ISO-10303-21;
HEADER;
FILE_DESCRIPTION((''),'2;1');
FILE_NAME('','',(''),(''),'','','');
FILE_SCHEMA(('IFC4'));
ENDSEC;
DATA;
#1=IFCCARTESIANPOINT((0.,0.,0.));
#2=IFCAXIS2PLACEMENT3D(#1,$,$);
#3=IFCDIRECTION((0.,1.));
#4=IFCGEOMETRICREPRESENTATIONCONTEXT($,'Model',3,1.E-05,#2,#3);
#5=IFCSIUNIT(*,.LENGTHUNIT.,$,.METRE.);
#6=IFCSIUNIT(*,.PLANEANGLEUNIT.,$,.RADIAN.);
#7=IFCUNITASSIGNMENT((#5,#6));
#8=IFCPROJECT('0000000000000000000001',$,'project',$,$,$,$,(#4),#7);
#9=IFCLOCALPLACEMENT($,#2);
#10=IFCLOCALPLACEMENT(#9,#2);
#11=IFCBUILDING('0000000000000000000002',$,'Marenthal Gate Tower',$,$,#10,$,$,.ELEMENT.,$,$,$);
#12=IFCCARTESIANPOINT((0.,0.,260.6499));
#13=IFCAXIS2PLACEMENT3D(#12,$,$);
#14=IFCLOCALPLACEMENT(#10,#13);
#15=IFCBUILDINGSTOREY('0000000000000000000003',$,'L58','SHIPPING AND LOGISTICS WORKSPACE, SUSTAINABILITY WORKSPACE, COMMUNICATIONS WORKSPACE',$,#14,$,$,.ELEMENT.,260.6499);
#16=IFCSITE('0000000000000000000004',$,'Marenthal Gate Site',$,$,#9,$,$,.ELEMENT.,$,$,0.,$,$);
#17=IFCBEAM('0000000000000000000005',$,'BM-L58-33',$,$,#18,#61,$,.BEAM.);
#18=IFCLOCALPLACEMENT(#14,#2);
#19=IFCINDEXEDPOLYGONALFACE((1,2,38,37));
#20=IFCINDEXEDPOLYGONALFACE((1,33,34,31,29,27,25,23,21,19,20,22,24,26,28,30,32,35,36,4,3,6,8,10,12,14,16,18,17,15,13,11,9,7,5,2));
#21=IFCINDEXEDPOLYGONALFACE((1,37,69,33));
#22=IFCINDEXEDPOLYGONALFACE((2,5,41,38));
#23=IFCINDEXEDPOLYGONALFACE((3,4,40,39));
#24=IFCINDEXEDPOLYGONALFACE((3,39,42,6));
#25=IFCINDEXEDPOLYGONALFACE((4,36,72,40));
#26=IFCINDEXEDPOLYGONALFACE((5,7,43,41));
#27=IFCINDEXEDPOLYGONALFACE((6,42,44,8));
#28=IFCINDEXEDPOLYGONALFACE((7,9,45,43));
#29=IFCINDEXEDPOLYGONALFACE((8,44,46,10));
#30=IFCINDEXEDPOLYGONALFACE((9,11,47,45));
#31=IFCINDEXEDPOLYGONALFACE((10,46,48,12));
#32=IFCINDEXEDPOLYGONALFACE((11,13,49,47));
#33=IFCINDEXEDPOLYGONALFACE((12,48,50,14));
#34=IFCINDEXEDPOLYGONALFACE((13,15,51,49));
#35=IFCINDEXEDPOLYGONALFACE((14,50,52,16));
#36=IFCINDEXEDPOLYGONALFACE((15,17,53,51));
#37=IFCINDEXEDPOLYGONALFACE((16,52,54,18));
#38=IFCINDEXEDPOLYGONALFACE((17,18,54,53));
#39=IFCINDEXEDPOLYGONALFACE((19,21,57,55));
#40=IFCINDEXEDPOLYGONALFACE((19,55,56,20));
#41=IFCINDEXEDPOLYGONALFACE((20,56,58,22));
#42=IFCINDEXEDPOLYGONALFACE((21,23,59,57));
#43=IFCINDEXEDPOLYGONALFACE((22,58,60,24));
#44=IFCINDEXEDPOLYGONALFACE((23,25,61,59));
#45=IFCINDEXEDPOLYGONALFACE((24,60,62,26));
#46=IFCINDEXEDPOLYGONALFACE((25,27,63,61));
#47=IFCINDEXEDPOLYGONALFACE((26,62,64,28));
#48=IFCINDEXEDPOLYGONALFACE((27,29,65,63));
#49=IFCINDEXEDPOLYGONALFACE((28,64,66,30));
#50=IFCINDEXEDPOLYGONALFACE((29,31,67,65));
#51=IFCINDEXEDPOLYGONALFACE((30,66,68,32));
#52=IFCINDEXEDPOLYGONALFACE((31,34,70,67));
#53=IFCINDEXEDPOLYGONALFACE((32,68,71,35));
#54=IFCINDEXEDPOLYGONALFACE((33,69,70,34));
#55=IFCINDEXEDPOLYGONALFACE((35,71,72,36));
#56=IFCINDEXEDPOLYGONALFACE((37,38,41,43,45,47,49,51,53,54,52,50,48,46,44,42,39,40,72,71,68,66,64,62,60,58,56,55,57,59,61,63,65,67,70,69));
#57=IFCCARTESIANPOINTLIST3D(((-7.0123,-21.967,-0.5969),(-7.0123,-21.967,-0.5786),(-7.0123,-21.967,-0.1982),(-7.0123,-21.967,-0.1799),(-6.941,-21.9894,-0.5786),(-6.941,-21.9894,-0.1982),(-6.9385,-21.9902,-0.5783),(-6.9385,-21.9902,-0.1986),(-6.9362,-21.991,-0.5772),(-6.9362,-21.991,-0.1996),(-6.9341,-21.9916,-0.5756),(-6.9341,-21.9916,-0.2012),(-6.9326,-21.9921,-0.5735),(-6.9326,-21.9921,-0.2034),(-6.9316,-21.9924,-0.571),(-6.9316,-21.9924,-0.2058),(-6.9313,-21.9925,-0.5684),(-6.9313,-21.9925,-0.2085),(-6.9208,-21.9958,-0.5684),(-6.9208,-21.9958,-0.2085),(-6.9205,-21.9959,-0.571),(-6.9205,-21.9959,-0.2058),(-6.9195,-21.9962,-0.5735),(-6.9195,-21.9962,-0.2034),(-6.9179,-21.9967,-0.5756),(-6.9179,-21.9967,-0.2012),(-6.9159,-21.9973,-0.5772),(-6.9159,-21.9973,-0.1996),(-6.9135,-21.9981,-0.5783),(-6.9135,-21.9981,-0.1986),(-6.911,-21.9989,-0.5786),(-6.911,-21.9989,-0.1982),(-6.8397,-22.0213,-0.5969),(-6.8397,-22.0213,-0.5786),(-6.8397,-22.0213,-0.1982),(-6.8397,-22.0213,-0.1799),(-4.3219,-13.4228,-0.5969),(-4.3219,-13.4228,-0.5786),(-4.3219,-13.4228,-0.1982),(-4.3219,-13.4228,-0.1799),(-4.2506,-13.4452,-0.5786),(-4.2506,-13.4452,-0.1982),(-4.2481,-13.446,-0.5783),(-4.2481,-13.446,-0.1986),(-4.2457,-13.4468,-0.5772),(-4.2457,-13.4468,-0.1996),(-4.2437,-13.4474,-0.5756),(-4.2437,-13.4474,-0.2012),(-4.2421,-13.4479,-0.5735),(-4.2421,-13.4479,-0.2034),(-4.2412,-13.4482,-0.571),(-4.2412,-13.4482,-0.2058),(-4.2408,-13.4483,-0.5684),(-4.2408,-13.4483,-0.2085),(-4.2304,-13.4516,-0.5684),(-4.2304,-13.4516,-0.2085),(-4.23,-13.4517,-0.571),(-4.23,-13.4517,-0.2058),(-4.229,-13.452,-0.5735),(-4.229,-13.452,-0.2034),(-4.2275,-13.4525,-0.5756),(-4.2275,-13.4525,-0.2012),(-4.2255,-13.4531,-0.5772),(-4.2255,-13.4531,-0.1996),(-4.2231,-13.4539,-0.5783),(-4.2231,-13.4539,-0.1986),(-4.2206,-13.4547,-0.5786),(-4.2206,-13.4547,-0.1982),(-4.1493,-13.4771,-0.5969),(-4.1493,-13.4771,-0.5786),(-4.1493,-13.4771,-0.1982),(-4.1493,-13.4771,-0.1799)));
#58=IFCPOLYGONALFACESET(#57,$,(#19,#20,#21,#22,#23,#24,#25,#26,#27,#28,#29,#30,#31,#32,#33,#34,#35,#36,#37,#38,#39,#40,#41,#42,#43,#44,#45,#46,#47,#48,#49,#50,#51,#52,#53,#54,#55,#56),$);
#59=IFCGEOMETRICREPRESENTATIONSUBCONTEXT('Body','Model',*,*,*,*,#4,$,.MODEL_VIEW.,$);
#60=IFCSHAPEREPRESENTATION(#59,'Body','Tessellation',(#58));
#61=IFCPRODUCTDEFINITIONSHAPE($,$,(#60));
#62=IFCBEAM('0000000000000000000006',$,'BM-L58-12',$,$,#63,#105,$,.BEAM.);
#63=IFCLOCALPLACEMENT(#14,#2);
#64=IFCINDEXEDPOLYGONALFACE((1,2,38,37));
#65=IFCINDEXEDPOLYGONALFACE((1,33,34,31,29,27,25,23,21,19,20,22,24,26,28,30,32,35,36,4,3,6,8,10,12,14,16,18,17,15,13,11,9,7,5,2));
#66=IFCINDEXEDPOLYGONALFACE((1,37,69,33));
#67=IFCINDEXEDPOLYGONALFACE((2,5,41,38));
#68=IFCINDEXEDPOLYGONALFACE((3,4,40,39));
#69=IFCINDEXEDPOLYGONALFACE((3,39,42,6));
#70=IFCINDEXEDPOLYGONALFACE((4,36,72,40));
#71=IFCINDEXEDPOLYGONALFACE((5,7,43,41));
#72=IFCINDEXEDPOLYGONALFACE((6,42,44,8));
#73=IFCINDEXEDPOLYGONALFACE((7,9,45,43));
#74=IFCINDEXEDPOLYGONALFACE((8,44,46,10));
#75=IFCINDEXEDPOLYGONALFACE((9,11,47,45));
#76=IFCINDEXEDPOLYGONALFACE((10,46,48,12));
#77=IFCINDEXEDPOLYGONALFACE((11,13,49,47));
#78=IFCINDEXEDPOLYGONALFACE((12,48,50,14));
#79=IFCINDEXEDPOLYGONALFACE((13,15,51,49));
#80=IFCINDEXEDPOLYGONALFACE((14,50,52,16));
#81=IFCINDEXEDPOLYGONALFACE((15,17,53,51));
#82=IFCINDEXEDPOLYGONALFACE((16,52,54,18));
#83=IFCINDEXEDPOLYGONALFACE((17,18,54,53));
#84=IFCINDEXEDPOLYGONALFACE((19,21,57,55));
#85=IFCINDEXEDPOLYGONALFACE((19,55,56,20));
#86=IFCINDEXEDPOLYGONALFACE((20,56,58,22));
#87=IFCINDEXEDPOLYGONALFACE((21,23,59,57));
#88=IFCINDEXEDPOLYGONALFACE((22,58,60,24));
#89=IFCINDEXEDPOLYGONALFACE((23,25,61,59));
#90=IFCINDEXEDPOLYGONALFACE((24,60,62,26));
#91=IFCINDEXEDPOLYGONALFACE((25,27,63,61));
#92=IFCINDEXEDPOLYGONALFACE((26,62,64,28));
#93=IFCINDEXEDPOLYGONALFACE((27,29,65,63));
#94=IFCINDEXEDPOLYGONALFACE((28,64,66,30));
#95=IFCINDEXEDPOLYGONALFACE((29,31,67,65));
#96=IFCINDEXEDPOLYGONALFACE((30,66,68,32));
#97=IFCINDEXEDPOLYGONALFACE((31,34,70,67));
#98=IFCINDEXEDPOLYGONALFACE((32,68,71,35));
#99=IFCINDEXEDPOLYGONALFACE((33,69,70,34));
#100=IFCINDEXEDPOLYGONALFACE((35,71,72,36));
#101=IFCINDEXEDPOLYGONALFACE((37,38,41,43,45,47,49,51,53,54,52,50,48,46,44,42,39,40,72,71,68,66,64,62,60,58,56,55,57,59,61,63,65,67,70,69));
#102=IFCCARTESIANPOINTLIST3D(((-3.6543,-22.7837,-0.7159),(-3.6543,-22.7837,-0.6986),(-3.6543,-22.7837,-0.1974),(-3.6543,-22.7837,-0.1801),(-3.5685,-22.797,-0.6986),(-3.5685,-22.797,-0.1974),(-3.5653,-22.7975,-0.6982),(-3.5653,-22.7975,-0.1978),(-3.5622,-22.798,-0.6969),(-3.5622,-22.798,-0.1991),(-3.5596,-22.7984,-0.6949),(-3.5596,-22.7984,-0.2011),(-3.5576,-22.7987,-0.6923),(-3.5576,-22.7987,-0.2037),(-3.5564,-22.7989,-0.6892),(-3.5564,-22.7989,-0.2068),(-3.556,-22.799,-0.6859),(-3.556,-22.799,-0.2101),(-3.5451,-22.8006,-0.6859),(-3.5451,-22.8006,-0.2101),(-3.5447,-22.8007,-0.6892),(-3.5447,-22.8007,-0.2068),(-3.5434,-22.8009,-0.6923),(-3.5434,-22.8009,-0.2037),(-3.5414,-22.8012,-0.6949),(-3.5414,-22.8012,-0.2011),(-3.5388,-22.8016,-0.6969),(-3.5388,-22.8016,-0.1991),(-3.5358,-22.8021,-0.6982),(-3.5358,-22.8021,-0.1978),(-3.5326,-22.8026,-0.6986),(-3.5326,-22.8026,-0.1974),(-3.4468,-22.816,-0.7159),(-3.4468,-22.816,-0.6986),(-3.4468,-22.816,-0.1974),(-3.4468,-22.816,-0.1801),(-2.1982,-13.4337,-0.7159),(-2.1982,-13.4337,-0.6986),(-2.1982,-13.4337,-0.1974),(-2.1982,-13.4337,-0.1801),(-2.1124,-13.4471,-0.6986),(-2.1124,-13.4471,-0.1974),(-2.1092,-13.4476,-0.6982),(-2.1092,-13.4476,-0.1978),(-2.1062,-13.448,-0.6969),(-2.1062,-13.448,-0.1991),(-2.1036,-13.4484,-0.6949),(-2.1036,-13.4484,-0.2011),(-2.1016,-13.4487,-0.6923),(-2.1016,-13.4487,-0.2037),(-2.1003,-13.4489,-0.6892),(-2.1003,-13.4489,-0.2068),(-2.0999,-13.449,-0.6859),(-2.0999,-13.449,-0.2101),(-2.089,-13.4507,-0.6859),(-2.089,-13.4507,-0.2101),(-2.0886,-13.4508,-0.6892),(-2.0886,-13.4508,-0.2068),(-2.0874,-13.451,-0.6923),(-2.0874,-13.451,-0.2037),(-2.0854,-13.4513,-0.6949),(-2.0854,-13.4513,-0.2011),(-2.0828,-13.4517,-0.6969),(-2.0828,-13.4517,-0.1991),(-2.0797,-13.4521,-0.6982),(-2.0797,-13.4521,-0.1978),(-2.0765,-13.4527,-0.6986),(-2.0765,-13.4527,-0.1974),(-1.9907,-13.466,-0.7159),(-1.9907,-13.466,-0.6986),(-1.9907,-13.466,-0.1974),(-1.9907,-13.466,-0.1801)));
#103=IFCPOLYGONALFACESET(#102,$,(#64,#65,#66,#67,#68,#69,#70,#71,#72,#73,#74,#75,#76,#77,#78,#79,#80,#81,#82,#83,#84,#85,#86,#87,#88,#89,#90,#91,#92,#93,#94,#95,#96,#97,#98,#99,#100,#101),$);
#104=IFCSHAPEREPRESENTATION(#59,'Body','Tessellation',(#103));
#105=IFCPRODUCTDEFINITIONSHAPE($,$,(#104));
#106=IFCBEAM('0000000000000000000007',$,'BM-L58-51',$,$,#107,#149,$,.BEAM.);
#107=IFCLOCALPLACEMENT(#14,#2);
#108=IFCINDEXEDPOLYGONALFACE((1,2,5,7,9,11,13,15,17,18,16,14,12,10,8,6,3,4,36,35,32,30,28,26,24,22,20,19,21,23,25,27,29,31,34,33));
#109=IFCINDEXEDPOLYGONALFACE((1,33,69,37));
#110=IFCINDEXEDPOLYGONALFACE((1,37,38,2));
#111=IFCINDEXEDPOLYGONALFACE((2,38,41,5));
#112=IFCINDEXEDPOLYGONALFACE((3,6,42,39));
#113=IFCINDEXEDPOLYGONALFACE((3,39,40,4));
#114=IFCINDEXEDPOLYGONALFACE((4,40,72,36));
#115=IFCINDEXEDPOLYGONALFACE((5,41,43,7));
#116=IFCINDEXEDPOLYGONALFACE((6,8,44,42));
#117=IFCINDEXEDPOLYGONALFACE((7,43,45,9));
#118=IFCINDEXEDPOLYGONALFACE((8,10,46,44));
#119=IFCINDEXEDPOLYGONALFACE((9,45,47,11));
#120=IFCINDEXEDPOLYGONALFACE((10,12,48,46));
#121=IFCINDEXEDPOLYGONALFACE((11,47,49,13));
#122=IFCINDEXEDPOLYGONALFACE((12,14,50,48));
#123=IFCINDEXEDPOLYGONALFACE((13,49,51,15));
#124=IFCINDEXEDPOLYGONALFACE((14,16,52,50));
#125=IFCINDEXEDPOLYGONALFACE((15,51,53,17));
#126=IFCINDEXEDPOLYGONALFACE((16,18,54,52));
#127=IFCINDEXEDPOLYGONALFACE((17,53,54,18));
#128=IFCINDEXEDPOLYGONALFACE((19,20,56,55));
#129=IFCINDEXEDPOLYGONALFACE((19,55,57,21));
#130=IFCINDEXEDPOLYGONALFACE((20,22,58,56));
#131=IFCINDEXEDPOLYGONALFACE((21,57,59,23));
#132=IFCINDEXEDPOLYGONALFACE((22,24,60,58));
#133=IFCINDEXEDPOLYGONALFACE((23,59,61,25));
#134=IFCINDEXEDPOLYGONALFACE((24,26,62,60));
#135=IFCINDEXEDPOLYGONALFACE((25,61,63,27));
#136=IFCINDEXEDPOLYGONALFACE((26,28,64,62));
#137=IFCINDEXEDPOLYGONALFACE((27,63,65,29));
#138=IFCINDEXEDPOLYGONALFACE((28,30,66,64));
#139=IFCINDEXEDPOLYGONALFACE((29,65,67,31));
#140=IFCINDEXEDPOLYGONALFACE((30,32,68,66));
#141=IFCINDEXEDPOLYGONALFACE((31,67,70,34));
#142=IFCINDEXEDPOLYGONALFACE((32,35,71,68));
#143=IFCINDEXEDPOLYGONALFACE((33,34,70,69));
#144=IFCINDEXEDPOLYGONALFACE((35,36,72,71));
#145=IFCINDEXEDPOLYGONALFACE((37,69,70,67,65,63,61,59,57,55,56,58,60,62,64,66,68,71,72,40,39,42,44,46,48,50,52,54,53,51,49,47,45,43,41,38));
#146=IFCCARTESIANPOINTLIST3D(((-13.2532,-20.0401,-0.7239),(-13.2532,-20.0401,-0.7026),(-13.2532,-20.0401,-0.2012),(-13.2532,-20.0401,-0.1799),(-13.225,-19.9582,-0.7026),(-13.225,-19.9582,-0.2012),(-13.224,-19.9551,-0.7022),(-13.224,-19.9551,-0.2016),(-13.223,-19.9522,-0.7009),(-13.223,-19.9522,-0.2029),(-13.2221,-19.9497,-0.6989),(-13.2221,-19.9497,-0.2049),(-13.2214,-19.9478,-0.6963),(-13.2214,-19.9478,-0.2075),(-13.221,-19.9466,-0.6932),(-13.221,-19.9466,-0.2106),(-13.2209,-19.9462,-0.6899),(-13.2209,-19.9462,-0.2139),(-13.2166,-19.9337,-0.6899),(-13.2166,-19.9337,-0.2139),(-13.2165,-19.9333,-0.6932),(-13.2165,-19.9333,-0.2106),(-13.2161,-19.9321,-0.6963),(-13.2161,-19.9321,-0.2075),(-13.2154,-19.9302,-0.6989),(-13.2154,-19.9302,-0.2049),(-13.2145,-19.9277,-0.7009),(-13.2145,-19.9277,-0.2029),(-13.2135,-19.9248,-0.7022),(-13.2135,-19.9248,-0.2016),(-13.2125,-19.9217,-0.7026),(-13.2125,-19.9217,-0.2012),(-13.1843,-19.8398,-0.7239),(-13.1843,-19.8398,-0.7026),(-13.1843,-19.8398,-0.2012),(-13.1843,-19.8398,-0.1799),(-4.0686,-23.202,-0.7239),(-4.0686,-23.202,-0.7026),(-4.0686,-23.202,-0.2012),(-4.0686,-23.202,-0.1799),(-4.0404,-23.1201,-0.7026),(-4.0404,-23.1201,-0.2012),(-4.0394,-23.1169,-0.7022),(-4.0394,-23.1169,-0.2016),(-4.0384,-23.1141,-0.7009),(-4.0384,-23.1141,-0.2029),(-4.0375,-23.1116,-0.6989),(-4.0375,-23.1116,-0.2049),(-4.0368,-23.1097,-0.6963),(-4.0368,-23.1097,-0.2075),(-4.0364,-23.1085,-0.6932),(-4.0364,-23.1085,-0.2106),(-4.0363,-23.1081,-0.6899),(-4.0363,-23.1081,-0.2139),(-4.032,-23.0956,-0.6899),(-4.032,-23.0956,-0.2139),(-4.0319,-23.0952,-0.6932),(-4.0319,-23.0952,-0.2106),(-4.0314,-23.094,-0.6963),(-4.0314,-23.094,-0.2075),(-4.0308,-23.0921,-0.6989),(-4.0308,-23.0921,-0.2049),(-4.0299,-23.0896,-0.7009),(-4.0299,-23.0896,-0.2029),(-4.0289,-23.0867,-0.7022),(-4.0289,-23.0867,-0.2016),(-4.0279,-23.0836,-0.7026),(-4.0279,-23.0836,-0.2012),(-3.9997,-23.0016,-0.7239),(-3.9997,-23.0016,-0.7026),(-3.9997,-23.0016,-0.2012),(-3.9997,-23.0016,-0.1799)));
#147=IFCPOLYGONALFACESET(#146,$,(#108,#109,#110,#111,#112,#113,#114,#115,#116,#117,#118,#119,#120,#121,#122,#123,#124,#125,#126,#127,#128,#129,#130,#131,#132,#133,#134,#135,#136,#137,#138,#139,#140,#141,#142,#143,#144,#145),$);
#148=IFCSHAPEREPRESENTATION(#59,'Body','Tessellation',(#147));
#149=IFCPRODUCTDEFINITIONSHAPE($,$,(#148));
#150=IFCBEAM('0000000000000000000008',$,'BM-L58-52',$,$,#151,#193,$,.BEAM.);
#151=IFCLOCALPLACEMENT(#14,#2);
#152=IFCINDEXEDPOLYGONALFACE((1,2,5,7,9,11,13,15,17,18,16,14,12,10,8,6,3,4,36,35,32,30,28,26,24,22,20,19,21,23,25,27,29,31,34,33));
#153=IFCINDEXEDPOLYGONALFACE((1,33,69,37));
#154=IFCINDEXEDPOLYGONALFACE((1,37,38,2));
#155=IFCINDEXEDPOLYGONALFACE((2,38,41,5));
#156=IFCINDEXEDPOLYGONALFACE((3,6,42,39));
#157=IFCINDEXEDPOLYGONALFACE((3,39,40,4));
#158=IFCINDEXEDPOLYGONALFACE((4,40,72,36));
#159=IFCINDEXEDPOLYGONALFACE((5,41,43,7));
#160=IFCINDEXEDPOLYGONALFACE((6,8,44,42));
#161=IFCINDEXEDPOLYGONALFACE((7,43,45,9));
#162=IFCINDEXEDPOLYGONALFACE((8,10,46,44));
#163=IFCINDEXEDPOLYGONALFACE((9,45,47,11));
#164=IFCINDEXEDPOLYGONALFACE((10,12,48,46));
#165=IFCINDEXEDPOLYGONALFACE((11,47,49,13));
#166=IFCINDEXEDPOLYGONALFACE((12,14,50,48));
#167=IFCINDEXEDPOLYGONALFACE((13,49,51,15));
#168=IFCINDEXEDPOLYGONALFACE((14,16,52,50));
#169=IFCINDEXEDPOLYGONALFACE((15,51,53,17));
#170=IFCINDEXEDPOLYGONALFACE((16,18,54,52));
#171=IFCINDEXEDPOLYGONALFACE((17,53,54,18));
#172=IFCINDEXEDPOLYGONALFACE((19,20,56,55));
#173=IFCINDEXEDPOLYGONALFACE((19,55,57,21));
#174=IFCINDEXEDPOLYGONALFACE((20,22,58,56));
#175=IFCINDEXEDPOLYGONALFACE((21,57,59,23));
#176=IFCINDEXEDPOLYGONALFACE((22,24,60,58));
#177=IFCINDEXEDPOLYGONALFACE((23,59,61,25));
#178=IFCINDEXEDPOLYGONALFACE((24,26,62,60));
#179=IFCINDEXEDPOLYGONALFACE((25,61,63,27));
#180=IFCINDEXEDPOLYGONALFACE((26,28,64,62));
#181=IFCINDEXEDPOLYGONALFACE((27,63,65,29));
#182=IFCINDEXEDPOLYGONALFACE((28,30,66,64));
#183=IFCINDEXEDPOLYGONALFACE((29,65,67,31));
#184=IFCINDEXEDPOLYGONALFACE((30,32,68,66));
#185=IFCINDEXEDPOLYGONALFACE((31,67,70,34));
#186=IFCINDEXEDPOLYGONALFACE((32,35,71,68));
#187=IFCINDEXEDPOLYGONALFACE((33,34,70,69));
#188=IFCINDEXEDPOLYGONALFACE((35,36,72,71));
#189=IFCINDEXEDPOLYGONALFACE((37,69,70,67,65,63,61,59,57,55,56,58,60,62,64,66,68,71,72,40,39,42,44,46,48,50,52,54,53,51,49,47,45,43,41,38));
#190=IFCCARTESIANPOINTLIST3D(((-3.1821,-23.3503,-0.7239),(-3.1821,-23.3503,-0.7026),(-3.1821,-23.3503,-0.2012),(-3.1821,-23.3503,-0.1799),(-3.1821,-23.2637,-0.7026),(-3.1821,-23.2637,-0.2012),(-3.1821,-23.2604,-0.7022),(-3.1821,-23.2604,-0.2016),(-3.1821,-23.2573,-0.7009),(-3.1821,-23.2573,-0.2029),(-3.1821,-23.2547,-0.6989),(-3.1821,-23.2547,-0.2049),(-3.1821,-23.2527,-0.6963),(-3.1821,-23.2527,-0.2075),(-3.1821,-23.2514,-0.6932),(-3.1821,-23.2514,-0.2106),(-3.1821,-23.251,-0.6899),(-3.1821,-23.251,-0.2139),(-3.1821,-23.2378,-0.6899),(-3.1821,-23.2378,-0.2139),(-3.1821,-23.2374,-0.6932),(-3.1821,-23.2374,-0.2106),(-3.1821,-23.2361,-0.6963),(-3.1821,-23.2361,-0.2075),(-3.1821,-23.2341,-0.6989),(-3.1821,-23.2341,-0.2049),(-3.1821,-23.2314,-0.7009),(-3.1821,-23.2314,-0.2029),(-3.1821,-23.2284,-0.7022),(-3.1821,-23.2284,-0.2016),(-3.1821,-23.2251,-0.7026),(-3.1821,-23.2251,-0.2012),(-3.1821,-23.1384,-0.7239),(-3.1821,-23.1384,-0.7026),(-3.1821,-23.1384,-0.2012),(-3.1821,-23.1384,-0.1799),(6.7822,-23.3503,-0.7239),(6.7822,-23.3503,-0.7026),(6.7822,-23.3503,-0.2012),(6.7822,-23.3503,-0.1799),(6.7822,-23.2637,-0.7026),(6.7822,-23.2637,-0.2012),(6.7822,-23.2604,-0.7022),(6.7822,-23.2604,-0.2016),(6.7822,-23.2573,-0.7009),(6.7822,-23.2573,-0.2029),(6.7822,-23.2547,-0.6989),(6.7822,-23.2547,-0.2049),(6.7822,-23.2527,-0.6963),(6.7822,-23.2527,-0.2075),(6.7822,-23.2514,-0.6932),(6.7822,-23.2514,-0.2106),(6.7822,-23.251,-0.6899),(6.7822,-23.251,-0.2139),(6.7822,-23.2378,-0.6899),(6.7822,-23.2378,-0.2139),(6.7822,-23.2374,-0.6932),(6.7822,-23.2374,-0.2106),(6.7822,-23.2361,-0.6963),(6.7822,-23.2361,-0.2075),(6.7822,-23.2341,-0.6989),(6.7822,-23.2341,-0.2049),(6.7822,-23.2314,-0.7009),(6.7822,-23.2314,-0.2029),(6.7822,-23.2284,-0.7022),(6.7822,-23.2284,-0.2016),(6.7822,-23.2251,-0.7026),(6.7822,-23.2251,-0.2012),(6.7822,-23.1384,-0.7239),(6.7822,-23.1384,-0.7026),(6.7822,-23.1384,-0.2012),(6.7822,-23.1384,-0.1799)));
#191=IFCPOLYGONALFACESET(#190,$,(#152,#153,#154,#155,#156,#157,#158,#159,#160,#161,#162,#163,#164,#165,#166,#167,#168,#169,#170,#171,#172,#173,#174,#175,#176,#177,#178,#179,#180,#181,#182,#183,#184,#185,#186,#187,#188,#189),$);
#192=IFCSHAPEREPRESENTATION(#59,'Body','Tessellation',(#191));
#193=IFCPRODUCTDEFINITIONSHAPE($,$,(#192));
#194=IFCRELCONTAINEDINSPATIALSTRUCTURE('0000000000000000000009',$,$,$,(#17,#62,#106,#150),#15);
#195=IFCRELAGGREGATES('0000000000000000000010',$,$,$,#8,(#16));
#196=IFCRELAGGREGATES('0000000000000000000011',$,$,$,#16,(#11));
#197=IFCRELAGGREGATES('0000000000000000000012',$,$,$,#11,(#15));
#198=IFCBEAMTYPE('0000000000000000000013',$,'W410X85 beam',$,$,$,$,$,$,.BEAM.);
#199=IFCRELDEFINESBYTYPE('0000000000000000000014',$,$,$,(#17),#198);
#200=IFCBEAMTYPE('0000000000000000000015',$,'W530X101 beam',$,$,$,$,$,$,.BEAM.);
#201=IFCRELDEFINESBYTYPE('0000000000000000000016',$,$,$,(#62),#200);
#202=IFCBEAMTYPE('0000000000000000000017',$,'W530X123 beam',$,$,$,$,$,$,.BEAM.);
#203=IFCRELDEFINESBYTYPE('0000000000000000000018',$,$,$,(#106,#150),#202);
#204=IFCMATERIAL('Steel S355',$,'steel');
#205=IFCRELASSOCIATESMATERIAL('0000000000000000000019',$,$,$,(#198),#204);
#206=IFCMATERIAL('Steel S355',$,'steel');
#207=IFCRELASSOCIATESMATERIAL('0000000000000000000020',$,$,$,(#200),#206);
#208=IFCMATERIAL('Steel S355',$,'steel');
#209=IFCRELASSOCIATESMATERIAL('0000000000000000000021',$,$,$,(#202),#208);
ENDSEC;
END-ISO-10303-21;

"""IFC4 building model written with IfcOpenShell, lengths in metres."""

from ifc_helpers import new_model, si_unit, direction, frame, origin, origin_2d, place, context, subcontext, project, spatial, i_section, extrude, material, material_profile, profile_set, type_object, element, save


model = new_model("IFC4")

# Units and contexts
model_context = context("Model", 3, precision=1e-05, world=origin(), true_north=direction((0.0, 1.0)))
body_context = subcontext(model_context, "Body", "Model", "MODEL_VIEW")
ifc_project = project(units=[si_unit("LENGTHUNIT", "METRE"), si_unit("PLANEANGLEUNIT", "RADIAN")], contexts=[model_context])

# Site, building, storey
site_placement = place(None, origin())
site = spatial("IfcSite", under=ifc_project, at=site_placement, Name="Marenthal Gate Site", CompositionType="ELEMENT", RefElevation=0.0)
building_placement = place(site_placement, origin())
building = spatial("IfcBuilding", under=site, at=building_placement, Name="Marenthal Gate Tower", CompositionType="ELEMENT")
storey_placement = place(building_placement, frame((0.0, 0.0, 260.6499)))
storey = spatial("IfcBuildingStorey", under=building, at=storey_placement, Name="L58", Description="SHIPPING AND LOGISTICS WORKSPACE, SUSTAINABILITY WORKSPACE, COMMUNICATIONS WORKSPACE", CompositionType="ELEMENT", Elevation=260.6499)

# Beams
ifc_material_1 = material(Name="Steel S355", Category="steel")
ifc_material_profile_1 = material_profile(ifc_material_1, i_section(OverallWidth=0.1809, OverallDepth=0.417, WebThickness=0.011, FlangeThickness=0.0183, FilletRadius=0.0103, at=origin_2d()), Name="W410X85")
ifc_profile_set_1 = profile_set([ifc_material_profile_1], Name="Steel S355")
beam_type_1 = type_object("IfcBeamType", Name="W410X85 beam", PredefinedType="BEAM", material=ifc_profile_set_1)
beam_1_placement = place(storey_placement, frame((-6.926, -21.9941, -0.3884), z_axis=(0.300346, 0.95383, 0.0), x_axis=(-0.95383, 0.300346, 0.0)))
element("IfcBeam", 1, at=beam_1_placement, inside=storey, type_object=beam_type_1, Name="BM-L58-33", PredefinedType="BEAM", context=body_context, shape_type="SweptSolid", body=[
    extrude(i_section(OverallWidth=0.1809, OverallDepth=0.417, WebThickness=0.011, FlangeThickness=0.0183, FilletRadius=0.0103, at=origin_2d()), origin(), (0.0, 0.0, 1.0), 8.9578),
])
ifc_material_2 = material(Name="Steel S355", Category="steel")
ifc_material_profile_2 = material_profile(ifc_material_2, i_section(OverallWidth=0.21, OverallDepth=0.5359, WebThickness=0.011, FlangeThickness=0.0173, FilletRadius=0.0127, at=origin_2d()), Name="W530X101")
ifc_profile_set_2 = profile_set([ifc_material_profile_2], Name="Steel S355")
beam_type_2 = type_object("IfcBeamType", Name="W530X101 beam", PredefinedType="BEAM", material=ifc_profile_set_2)
beam_2_placement = place(storey_placement, frame((-3.5505, -22.7998, -0.448), z_axis=(0.153876, 0.98809, 0.0), x_axis=(-0.98809, 0.153876, 0.0)))
element("IfcBeam", 2, at=beam_2_placement, inside=storey, type_object=beam_type_2, Name="BM-L58-12", PredefinedType="BEAM", context=body_context, shape_type="SweptSolid", body=[
    extrude(i_section(OverallWidth=0.21, OverallDepth=0.5359, WebThickness=0.011, FlangeThickness=0.0173, FilletRadius=0.0127, at=origin_2d()), origin(), (0.0, 0.0, 1.0), 9.4626),
])
ifc_material_3 = material(Name="Steel S355", Category="steel")
ifc_material_profile_3 = material_profile(ifc_material_3, i_section(OverallWidth=0.2119, OverallDepth=0.5439, WebThickness=0.0132, FlangeThickness=0.0212, FilletRadius=0.0127, at=origin_2d()), Name="W530X123")
ifc_profile_set_3 = profile_set([ifc_material_profile_3], Name="Steel S355")
beam_type_3 = type_object("IfcBeamType", Name="W530X123 beam", PredefinedType="BEAM", material=ifc_profile_set_3)
beam_3_placement = place(storey_placement, frame((-13.2188, -19.9399, -0.4519), z_axis=(0.945539, -0.32551, 0.0), x_axis=(0.32551, 0.945539, 0.0)))
element("IfcBeam", 3, at=beam_3_placement, inside=storey, type_object=beam_type_3, Name="BM-L58-51", PredefinedType="BEAM", context=body_context, shape_type="SweptSolid", body=[
    extrude(i_section(OverallWidth=0.2119, OverallDepth=0.5439, WebThickness=0.0132, FlangeThickness=0.0212, FilletRadius=0.0127, at=origin_2d()), origin(), (0.0, 0.0, 1.0), 9.7136),
])
beam_4_placement = place(storey_placement, frame((-3.1821, -23.2444, -0.4519), z_axis=(1.0, 0.0, 0.0), x_axis=(0.0, 1.0, 0.0)))
element("IfcBeam", 4, at=beam_4_placement, inside=storey, type_object=beam_type_3, Name="BM-L58-52", PredefinedType="BEAM", context=body_context, shape_type="SweptSolid", body=[
    extrude(i_section(OverallWidth=0.2119, OverallDepth=0.5439, WebThickness=0.0132, FlangeThickness=0.0212, FilletRadius=0.0127, at=origin_2d()), origin(), (0.0, 0.0, 1.0), 9.9644),
])

save(model, "model.ifc")
